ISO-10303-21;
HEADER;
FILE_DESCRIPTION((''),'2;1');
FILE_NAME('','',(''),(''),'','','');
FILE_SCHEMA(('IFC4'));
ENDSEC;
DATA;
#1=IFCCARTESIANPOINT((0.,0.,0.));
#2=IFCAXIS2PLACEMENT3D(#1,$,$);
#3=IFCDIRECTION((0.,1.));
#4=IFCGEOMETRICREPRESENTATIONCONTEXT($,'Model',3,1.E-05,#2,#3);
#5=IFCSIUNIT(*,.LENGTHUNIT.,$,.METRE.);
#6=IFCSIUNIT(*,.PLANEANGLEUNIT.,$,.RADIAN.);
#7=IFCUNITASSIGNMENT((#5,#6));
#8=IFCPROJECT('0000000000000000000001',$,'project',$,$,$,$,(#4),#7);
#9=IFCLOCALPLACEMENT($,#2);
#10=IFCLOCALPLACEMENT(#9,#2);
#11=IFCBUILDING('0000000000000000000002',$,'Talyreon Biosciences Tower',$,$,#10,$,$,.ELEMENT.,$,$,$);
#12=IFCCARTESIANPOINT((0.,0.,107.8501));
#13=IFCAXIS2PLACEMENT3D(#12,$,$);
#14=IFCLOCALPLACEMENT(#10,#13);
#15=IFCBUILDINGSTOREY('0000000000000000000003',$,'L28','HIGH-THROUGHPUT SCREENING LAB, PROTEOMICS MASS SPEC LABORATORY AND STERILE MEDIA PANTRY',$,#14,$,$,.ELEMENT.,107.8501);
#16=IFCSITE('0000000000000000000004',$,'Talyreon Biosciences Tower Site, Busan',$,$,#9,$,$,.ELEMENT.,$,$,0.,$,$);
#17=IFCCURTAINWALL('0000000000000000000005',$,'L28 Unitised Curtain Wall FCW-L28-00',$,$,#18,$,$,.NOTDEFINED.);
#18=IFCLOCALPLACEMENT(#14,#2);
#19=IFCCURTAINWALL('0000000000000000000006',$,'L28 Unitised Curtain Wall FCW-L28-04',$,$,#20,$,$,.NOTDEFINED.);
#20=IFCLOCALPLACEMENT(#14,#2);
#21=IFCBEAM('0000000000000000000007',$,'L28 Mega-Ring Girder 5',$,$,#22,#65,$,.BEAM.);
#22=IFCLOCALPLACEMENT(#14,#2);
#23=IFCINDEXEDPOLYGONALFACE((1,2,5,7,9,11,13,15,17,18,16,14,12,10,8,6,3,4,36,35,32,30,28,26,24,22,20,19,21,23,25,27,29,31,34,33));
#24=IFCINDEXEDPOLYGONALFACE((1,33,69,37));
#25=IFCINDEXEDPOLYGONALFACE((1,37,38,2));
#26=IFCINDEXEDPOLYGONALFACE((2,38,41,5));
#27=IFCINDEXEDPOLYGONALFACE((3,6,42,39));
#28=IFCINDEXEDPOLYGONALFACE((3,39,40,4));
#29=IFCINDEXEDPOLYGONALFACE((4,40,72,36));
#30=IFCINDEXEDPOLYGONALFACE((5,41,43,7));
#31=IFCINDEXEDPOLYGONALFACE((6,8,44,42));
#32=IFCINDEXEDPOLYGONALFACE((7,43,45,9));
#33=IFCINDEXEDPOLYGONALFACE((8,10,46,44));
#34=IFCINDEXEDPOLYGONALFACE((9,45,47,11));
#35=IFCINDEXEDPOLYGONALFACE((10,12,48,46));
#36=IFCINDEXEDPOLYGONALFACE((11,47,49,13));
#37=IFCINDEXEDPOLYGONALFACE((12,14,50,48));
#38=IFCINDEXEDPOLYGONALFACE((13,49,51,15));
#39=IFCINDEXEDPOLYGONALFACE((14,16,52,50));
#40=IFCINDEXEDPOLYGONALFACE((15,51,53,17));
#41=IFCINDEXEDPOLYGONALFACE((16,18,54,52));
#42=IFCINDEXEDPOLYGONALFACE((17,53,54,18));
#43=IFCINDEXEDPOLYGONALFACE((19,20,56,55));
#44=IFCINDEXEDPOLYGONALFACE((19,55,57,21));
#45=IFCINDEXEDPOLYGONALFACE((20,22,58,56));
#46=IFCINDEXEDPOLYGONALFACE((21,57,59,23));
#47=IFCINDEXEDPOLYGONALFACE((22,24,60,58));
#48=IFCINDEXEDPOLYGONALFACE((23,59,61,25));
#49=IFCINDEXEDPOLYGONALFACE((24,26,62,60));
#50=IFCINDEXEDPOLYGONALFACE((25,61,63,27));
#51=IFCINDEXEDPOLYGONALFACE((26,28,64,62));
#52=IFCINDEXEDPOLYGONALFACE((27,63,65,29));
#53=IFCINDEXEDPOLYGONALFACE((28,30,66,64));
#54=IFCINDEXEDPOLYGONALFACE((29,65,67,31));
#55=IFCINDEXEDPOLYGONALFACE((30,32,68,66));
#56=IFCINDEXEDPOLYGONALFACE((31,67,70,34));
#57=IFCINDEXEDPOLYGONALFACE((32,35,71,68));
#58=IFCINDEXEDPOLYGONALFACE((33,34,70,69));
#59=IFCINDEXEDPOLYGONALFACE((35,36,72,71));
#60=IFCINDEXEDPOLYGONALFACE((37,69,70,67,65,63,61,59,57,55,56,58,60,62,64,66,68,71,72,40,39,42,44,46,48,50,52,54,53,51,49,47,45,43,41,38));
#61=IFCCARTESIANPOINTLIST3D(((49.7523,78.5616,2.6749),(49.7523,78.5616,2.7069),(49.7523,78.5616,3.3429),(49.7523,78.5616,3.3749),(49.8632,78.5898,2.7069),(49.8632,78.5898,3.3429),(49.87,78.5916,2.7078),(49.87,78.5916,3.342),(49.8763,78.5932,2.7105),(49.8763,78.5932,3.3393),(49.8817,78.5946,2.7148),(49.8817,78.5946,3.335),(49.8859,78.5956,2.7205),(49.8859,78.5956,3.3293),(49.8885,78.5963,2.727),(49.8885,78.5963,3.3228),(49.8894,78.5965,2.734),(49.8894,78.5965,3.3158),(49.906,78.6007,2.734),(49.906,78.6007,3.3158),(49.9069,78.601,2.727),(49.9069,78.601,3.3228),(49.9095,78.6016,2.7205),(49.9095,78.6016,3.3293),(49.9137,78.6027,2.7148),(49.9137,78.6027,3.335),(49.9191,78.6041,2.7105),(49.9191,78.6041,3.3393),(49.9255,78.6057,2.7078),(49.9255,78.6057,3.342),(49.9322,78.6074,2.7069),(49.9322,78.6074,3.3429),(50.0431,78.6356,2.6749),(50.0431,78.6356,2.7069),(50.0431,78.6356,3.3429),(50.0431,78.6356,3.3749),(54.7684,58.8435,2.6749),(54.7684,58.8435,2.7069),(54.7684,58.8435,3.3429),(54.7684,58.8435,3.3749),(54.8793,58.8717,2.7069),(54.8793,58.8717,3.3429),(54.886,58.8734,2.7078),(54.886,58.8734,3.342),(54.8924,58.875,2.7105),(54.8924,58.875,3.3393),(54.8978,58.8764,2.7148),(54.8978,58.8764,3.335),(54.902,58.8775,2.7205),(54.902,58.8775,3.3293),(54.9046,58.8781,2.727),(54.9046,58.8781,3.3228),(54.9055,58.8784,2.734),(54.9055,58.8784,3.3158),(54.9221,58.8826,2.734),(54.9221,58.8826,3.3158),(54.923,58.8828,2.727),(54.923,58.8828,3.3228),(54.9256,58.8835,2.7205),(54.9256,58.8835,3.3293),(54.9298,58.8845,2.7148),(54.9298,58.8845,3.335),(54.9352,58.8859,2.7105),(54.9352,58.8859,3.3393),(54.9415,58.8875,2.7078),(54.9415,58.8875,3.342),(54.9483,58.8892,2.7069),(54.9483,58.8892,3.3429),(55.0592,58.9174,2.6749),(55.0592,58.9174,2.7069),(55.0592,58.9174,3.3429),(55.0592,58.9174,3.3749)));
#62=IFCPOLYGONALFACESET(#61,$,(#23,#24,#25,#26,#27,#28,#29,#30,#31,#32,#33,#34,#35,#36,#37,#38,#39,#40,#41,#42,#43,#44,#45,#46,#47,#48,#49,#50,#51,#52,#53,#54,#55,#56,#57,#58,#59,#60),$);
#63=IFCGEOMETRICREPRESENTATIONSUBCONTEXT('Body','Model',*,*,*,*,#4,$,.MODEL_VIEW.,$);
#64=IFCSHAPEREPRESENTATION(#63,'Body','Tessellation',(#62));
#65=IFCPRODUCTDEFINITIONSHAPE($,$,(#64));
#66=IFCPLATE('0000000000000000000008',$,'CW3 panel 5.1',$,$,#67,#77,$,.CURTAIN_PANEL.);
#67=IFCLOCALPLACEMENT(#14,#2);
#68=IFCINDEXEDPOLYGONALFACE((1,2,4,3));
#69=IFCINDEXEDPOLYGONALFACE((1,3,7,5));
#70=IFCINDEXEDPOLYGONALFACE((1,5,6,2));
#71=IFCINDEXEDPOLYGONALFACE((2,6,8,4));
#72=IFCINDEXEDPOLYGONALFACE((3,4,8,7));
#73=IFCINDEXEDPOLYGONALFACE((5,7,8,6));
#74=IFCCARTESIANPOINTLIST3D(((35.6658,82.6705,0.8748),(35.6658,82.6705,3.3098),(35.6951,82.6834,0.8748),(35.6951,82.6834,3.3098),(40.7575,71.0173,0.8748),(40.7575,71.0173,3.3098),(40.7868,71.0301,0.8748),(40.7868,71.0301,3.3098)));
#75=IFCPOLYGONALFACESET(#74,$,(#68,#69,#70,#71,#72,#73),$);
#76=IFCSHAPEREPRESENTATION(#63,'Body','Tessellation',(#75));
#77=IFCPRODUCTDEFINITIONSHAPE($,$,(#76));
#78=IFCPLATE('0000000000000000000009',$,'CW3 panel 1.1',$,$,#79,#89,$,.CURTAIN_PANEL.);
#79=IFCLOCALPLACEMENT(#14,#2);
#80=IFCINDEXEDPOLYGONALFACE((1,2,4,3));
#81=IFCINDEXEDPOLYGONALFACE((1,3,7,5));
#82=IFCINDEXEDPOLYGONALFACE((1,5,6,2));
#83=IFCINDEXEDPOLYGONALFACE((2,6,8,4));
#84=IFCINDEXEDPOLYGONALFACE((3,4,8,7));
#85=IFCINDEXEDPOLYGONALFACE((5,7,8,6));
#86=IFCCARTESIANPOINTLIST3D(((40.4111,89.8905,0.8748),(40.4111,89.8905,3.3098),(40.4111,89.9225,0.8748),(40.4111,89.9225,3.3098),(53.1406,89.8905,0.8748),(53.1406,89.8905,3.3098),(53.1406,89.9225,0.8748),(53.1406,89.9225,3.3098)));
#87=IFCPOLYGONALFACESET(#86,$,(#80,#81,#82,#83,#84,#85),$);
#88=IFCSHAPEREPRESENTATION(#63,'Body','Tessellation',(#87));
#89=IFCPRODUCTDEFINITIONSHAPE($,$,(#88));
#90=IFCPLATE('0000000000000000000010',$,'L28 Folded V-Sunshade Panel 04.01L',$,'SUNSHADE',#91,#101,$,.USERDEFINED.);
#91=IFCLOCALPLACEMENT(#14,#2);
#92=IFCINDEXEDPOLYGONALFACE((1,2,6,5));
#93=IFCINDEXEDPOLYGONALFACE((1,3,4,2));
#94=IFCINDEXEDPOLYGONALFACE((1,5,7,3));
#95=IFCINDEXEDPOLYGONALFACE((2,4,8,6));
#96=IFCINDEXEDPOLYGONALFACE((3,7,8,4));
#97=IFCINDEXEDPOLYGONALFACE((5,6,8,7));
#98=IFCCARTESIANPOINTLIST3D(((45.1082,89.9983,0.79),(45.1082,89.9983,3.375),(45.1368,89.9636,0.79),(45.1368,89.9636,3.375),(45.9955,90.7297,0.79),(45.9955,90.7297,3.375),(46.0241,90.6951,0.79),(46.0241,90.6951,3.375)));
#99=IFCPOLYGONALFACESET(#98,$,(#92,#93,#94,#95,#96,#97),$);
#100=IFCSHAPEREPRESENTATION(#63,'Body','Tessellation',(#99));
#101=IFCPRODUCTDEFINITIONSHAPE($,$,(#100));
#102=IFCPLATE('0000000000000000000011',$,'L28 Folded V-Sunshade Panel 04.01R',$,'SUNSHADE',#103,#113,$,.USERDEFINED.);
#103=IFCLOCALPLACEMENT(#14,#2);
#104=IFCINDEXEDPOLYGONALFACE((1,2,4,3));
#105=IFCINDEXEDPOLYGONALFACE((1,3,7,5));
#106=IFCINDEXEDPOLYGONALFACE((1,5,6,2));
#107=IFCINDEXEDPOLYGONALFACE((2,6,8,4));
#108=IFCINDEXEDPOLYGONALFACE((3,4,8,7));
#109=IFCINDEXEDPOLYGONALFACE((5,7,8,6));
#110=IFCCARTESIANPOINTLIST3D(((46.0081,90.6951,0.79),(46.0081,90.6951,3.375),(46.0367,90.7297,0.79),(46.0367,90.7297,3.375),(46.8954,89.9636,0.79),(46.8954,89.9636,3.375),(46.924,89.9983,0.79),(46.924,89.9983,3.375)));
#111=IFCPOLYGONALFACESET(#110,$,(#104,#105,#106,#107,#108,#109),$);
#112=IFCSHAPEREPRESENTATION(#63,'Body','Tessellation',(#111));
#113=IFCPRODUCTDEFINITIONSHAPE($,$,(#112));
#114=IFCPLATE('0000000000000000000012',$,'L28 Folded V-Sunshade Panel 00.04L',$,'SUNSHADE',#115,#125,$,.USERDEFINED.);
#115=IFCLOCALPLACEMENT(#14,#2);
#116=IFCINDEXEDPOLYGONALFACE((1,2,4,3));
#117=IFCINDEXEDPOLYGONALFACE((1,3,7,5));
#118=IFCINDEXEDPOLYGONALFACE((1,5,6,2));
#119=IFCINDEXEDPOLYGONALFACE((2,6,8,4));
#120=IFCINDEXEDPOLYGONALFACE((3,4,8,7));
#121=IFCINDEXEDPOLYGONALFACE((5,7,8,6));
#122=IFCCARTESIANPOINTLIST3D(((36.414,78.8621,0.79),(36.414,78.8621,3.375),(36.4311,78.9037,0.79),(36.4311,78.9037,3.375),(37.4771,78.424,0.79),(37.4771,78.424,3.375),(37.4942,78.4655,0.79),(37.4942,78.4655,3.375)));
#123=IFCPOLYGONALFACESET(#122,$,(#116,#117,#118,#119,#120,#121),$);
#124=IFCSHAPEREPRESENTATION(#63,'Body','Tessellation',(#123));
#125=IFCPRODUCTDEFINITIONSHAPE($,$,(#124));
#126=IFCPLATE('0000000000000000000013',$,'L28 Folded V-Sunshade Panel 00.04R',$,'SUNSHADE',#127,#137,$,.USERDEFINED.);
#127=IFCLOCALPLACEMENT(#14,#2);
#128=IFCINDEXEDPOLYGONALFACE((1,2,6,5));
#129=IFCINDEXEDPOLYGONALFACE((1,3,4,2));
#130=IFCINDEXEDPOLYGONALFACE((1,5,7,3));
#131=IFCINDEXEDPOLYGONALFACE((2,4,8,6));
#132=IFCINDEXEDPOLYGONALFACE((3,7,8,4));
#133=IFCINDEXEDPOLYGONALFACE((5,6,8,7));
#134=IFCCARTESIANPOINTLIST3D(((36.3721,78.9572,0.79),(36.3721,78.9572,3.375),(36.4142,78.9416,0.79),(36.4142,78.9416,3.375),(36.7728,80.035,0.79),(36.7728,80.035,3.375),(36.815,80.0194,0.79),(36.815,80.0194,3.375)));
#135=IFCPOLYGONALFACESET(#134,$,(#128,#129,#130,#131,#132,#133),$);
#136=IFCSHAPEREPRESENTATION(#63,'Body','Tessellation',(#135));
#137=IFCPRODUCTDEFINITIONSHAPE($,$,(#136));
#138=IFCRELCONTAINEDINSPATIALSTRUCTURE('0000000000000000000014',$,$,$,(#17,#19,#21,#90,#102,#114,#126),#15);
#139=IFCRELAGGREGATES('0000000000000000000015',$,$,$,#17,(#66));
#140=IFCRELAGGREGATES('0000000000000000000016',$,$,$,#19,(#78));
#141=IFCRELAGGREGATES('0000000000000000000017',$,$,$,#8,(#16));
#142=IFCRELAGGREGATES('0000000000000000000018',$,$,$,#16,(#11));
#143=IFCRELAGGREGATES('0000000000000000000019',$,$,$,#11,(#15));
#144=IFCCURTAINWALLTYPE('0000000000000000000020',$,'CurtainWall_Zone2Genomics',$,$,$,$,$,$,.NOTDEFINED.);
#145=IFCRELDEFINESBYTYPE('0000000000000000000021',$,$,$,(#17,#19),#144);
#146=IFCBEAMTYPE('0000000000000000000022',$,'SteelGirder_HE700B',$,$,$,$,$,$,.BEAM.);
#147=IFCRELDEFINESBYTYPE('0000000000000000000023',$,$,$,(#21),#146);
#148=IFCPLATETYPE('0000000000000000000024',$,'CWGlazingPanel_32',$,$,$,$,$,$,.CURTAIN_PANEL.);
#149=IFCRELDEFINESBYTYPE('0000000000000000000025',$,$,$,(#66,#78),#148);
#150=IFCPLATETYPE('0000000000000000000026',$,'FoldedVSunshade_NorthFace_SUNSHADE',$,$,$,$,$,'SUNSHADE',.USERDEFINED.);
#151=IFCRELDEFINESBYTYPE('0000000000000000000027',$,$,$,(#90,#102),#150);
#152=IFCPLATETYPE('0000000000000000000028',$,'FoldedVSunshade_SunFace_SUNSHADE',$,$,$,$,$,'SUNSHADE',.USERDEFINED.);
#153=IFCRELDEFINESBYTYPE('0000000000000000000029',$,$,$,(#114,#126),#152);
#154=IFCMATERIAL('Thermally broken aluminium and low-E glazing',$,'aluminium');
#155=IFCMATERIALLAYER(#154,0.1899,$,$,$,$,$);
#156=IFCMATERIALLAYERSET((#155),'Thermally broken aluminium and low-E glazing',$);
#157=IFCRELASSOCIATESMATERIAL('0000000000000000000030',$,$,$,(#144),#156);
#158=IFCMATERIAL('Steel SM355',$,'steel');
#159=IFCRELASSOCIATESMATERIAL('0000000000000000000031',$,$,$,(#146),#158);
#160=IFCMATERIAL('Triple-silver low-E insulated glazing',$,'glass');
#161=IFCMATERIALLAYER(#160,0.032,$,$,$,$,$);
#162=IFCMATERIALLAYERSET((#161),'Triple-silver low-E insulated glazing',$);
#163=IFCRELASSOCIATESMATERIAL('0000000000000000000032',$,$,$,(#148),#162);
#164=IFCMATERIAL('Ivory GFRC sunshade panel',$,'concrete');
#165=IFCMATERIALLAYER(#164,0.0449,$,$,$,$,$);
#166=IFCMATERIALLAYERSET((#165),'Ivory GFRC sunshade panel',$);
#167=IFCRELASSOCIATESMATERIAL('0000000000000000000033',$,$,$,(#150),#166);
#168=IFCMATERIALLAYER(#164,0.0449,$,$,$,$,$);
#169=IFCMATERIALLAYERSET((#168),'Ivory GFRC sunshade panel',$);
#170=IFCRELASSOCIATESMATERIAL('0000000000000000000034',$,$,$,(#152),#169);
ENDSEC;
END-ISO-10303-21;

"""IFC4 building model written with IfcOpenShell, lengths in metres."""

from ifc_helpers import new_model, si_unit, direction, frame, origin, origin_2d, place, context, subcontext, project, spatial, rectangle, i_section, extrude, material, layer, layer_set, material_profile, profile_set, type_object, element, aggregate, save


model = new_model("IFC4")

# Units and contexts
model_context = context("Model", 3, precision=1e-05, world=origin(), true_north=direction((0.0, 1.0)))
body_context = subcontext(model_context, "Body", "Model", "MODEL_VIEW")
ifc_project = project(units=[si_unit("LENGTHUNIT", "METRE"), si_unit("PLANEANGLEUNIT", "RADIAN")], contexts=[model_context])

# Site, building, storey
site_placement = place(None, origin())
site = spatial("IfcSite", under=ifc_project, at=site_placement, Name="Talyreon Biosciences Tower Site, Busan", CompositionType="ELEMENT", RefElevation=0.0)
building_placement = place(site_placement, origin())
building = spatial("IfcBuilding", under=site, at=building_placement, Name="Talyreon Biosciences Tower", CompositionType="ELEMENT")
storey_placement = place(building_placement, frame((0.0, 0.0, 107.8501)))
storey = spatial("IfcBuildingStorey", under=building, at=storey_placement, Name="L28", Description="HIGH-THROUGHPUT SCREENING LAB, PROTEOMICS MASS SPEC LABORATORY AND STERILE MEDIA PANTRY", CompositionType="ELEMENT", Elevation=107.8501)

# Curtain wall
ifc_material_1 = material(Name="Thermally broken aluminium and low-E glazing", Category="aluminium")
ifc_layer_1 = layer(ifc_material_1, 0.1899)
ifc_layer_set_1 = layer_set([ifc_layer_1], Name="Thermally broken aluminium and low-E glazing")
curtain_wall_type = type_object("IfcCurtainWallType", Name="CurtainWall_Zone2Genomics", PredefinedType="NOTDEFINED", material=ifc_layer_set_1)
curtain_wall_1_placement = place(storey_placement, origin())
curtain_wall_1 = element("IfcCurtainWall", 1, at=curtain_wall_1_placement, inside=storey, type_object=curtain_wall_type, Name="L28 Unitised Curtain Wall FCW-L28-00", PredefinedType="NOTDEFINED")

# Curtain wall
curtain_wall_2_placement = place(storey_placement, origin())
curtain_wall_2 = element("IfcCurtainWall", 2, at=curtain_wall_2_placement, inside=storey, type_object=curtain_wall_type, Name="L28 Unitised Curtain Wall FCW-L28-04", PredefinedType="NOTDEFINED")

# Beam
ifc_material_2 = material(Name="Steel SM355", Category="steel")
ifc_material_profile_1 = material_profile(ifc_material_2, i_section(OverallWidth=0.3, OverallDepth=0.7, WebThickness=0.0171, FlangeThickness=0.032, FilletRadius=0.0271, at=origin_2d()), Name="HE700B")
ifc_profile_set_1 = profile_set([ifc_material_profile_1], Name="Steel SM355")
beam_type_1 = type_object("IfcBeamType", Name="SteelGirder_HE700B", PredefinedType="BEAM", material=ifc_profile_set_1)
beam_1_placement = place(storey_placement, frame((49.8977, 78.5986, 3.0249), z_axis=(0.246537, -0.969133, 0.0), x_axis=(0.969133, 0.246537, 0.0)))
element("IfcBeam", 3, at=beam_1_placement, inside=storey, type_object=beam_type_1, Name="L28 Mega-Ring Girder 5", PredefinedType="BEAM", context=body_context, shape_type="SweptSolid", body=[
    extrude(i_section(OverallWidth=0.3, OverallDepth=0.7, WebThickness=0.0171, FlangeThickness=0.032, FilletRadius=0.0271, at=origin_2d()), origin(), (0.0, 0.0, 1.0), 20.3462),
])

# Plates
ifc_material_3 = material(Name="Triple-silver low-E insulated glazing", Category="glass")
ifc_layer_2 = layer(ifc_material_3, 0.032)
ifc_layer_set_2 = layer_set([ifc_layer_2], Name="Triple-silver low-E insulated glazing")
plate_type_1 = type_object("IfcPlateType", Name="CWGlazingPanel_32", PredefinedType="CURTAIN_PANEL", material=ifc_layer_set_2)
plate_1_placement = place(storey_placement, frame((38.2263, 76.8503, 0.8748), z_axis=(0.0, 0.0, 1.0), x_axis=(-0.400387, 0.916346, 0.0)))
plate_1 = element("IfcPlate", 4, at=plate_1_placement, type_object=plate_type_1, Name="CW3 panel 5.1", PredefinedType="CURTAIN_PANEL", context=body_context, shape_type="SweptSolid", body=[
    extrude(rectangle(XDim=12.717, YDim=0.032, at=origin_2d()), origin(), (0.0, 0.0, 1.0), 2.4351),
])
aggregate(curtain_wall_1, [plate_1])
plate_2_placement = place(storey_placement, frame((46.7759, 89.9065, 0.8748), z_axis=(0.0, 0.0, 1.0), x_axis=(1.0, 0.0, 0.0)))
plate_2 = element("IfcPlate", 5, at=plate_2_placement, type_object=plate_type_1, Name="CW3 panel 1.1", PredefinedType="CURTAIN_PANEL", context=body_context, shape_type="SweptSolid", body=[
    extrude(rectangle(XDim=12.7295, YDim=0.032, at=origin_2d()), origin(), (0.0, 0.0, 1.0), 2.4351),
])
aggregate(curtain_wall_2, [plate_2])

# Plates
ifc_material_4 = material(Name="Ivory GFRC sunshade panel", Category="concrete")
ifc_layer_3 = layer(ifc_material_4, 0.0449)
ifc_layer_set_3 = layer_set([ifc_layer_3], Name="Ivory GFRC sunshade panel")
plate_type_2 = type_object("IfcPlateType", Name="FoldedVSunshade_NorthFace_SUNSHADE", ElementType="SUNSHADE", PredefinedType="USERDEFINED", material=ifc_layer_set_3)
for number, where, z_axis, x_axis, name in (
    (6, (45.5662, 90.3467, 0.79), (0.0, 0.0, 1.0), (0.771625, 0.636078, 0.0), "L28 Folded V-Sunshade Panel 04.01L"),
    (7, (46.4661, 90.3467, 0.79), (0.0, 0.0, 1.0), (0.771625, -0.636078, 0.0), "L28 Folded V-Sunshade Panel 04.01R"),
):
    element("IfcPlate", number, at=place(storey_placement, frame(where, z_axis=z_axis, x_axis=x_axis)), inside=storey, type_object=plate_type_2, Name=name, ObjectType="SUNSHADE", PredefinedType="USERDEFINED", context=body_context, shape_type="SweptSolid", body=[
        extrude(rectangle(XDim=1.1499, YDim=0.0449, at=origin_2d()), origin(), (0.0, 0.0, 1.0), 2.585),
    ])
ifc_layer_4 = layer(ifc_material_4, 0.0449)
ifc_layer_set_4 = layer_set([ifc_layer_4], Name="Ivory GFRC sunshade panel")
plate_type_3 = type_object("IfcPlateType", Name="FoldedVSunshade_SunFace_SUNSHADE", ElementType="SUNSHADE", PredefinedType="USERDEFINED", material=ifc_layer_set_4)
for number, where, z_axis, x_axis, name in (
    (8, (36.9541, 78.6638, 0.79), (0.0, 0.0, 1.0), (-0.924559, 0.381038, 0.0), "L28 Folded V-Sunshade Panel 00.04L"),
    (9, (36.5935, 79.4883, 0.79), (0.0, 0.0, 1.0), (0.348539, 0.937294, 0.0), "L28 Folded V-Sunshade Panel 00.04R"),
):
    element("IfcPlate", number, at=place(storey_placement, frame(where, z_axis=z_axis, x_axis=x_axis)), inside=storey, type_object=plate_type_3, Name=name, ObjectType="SUNSHADE", PredefinedType="USERDEFINED", context=body_context, shape_type="SweptSolid", body=[
        extrude(rectangle(XDim=1.1499, YDim=0.0449, at=origin_2d()), origin(), (0.0, 0.0, 1.0), 2.585),
    ])

save(model, "model.ifc")
